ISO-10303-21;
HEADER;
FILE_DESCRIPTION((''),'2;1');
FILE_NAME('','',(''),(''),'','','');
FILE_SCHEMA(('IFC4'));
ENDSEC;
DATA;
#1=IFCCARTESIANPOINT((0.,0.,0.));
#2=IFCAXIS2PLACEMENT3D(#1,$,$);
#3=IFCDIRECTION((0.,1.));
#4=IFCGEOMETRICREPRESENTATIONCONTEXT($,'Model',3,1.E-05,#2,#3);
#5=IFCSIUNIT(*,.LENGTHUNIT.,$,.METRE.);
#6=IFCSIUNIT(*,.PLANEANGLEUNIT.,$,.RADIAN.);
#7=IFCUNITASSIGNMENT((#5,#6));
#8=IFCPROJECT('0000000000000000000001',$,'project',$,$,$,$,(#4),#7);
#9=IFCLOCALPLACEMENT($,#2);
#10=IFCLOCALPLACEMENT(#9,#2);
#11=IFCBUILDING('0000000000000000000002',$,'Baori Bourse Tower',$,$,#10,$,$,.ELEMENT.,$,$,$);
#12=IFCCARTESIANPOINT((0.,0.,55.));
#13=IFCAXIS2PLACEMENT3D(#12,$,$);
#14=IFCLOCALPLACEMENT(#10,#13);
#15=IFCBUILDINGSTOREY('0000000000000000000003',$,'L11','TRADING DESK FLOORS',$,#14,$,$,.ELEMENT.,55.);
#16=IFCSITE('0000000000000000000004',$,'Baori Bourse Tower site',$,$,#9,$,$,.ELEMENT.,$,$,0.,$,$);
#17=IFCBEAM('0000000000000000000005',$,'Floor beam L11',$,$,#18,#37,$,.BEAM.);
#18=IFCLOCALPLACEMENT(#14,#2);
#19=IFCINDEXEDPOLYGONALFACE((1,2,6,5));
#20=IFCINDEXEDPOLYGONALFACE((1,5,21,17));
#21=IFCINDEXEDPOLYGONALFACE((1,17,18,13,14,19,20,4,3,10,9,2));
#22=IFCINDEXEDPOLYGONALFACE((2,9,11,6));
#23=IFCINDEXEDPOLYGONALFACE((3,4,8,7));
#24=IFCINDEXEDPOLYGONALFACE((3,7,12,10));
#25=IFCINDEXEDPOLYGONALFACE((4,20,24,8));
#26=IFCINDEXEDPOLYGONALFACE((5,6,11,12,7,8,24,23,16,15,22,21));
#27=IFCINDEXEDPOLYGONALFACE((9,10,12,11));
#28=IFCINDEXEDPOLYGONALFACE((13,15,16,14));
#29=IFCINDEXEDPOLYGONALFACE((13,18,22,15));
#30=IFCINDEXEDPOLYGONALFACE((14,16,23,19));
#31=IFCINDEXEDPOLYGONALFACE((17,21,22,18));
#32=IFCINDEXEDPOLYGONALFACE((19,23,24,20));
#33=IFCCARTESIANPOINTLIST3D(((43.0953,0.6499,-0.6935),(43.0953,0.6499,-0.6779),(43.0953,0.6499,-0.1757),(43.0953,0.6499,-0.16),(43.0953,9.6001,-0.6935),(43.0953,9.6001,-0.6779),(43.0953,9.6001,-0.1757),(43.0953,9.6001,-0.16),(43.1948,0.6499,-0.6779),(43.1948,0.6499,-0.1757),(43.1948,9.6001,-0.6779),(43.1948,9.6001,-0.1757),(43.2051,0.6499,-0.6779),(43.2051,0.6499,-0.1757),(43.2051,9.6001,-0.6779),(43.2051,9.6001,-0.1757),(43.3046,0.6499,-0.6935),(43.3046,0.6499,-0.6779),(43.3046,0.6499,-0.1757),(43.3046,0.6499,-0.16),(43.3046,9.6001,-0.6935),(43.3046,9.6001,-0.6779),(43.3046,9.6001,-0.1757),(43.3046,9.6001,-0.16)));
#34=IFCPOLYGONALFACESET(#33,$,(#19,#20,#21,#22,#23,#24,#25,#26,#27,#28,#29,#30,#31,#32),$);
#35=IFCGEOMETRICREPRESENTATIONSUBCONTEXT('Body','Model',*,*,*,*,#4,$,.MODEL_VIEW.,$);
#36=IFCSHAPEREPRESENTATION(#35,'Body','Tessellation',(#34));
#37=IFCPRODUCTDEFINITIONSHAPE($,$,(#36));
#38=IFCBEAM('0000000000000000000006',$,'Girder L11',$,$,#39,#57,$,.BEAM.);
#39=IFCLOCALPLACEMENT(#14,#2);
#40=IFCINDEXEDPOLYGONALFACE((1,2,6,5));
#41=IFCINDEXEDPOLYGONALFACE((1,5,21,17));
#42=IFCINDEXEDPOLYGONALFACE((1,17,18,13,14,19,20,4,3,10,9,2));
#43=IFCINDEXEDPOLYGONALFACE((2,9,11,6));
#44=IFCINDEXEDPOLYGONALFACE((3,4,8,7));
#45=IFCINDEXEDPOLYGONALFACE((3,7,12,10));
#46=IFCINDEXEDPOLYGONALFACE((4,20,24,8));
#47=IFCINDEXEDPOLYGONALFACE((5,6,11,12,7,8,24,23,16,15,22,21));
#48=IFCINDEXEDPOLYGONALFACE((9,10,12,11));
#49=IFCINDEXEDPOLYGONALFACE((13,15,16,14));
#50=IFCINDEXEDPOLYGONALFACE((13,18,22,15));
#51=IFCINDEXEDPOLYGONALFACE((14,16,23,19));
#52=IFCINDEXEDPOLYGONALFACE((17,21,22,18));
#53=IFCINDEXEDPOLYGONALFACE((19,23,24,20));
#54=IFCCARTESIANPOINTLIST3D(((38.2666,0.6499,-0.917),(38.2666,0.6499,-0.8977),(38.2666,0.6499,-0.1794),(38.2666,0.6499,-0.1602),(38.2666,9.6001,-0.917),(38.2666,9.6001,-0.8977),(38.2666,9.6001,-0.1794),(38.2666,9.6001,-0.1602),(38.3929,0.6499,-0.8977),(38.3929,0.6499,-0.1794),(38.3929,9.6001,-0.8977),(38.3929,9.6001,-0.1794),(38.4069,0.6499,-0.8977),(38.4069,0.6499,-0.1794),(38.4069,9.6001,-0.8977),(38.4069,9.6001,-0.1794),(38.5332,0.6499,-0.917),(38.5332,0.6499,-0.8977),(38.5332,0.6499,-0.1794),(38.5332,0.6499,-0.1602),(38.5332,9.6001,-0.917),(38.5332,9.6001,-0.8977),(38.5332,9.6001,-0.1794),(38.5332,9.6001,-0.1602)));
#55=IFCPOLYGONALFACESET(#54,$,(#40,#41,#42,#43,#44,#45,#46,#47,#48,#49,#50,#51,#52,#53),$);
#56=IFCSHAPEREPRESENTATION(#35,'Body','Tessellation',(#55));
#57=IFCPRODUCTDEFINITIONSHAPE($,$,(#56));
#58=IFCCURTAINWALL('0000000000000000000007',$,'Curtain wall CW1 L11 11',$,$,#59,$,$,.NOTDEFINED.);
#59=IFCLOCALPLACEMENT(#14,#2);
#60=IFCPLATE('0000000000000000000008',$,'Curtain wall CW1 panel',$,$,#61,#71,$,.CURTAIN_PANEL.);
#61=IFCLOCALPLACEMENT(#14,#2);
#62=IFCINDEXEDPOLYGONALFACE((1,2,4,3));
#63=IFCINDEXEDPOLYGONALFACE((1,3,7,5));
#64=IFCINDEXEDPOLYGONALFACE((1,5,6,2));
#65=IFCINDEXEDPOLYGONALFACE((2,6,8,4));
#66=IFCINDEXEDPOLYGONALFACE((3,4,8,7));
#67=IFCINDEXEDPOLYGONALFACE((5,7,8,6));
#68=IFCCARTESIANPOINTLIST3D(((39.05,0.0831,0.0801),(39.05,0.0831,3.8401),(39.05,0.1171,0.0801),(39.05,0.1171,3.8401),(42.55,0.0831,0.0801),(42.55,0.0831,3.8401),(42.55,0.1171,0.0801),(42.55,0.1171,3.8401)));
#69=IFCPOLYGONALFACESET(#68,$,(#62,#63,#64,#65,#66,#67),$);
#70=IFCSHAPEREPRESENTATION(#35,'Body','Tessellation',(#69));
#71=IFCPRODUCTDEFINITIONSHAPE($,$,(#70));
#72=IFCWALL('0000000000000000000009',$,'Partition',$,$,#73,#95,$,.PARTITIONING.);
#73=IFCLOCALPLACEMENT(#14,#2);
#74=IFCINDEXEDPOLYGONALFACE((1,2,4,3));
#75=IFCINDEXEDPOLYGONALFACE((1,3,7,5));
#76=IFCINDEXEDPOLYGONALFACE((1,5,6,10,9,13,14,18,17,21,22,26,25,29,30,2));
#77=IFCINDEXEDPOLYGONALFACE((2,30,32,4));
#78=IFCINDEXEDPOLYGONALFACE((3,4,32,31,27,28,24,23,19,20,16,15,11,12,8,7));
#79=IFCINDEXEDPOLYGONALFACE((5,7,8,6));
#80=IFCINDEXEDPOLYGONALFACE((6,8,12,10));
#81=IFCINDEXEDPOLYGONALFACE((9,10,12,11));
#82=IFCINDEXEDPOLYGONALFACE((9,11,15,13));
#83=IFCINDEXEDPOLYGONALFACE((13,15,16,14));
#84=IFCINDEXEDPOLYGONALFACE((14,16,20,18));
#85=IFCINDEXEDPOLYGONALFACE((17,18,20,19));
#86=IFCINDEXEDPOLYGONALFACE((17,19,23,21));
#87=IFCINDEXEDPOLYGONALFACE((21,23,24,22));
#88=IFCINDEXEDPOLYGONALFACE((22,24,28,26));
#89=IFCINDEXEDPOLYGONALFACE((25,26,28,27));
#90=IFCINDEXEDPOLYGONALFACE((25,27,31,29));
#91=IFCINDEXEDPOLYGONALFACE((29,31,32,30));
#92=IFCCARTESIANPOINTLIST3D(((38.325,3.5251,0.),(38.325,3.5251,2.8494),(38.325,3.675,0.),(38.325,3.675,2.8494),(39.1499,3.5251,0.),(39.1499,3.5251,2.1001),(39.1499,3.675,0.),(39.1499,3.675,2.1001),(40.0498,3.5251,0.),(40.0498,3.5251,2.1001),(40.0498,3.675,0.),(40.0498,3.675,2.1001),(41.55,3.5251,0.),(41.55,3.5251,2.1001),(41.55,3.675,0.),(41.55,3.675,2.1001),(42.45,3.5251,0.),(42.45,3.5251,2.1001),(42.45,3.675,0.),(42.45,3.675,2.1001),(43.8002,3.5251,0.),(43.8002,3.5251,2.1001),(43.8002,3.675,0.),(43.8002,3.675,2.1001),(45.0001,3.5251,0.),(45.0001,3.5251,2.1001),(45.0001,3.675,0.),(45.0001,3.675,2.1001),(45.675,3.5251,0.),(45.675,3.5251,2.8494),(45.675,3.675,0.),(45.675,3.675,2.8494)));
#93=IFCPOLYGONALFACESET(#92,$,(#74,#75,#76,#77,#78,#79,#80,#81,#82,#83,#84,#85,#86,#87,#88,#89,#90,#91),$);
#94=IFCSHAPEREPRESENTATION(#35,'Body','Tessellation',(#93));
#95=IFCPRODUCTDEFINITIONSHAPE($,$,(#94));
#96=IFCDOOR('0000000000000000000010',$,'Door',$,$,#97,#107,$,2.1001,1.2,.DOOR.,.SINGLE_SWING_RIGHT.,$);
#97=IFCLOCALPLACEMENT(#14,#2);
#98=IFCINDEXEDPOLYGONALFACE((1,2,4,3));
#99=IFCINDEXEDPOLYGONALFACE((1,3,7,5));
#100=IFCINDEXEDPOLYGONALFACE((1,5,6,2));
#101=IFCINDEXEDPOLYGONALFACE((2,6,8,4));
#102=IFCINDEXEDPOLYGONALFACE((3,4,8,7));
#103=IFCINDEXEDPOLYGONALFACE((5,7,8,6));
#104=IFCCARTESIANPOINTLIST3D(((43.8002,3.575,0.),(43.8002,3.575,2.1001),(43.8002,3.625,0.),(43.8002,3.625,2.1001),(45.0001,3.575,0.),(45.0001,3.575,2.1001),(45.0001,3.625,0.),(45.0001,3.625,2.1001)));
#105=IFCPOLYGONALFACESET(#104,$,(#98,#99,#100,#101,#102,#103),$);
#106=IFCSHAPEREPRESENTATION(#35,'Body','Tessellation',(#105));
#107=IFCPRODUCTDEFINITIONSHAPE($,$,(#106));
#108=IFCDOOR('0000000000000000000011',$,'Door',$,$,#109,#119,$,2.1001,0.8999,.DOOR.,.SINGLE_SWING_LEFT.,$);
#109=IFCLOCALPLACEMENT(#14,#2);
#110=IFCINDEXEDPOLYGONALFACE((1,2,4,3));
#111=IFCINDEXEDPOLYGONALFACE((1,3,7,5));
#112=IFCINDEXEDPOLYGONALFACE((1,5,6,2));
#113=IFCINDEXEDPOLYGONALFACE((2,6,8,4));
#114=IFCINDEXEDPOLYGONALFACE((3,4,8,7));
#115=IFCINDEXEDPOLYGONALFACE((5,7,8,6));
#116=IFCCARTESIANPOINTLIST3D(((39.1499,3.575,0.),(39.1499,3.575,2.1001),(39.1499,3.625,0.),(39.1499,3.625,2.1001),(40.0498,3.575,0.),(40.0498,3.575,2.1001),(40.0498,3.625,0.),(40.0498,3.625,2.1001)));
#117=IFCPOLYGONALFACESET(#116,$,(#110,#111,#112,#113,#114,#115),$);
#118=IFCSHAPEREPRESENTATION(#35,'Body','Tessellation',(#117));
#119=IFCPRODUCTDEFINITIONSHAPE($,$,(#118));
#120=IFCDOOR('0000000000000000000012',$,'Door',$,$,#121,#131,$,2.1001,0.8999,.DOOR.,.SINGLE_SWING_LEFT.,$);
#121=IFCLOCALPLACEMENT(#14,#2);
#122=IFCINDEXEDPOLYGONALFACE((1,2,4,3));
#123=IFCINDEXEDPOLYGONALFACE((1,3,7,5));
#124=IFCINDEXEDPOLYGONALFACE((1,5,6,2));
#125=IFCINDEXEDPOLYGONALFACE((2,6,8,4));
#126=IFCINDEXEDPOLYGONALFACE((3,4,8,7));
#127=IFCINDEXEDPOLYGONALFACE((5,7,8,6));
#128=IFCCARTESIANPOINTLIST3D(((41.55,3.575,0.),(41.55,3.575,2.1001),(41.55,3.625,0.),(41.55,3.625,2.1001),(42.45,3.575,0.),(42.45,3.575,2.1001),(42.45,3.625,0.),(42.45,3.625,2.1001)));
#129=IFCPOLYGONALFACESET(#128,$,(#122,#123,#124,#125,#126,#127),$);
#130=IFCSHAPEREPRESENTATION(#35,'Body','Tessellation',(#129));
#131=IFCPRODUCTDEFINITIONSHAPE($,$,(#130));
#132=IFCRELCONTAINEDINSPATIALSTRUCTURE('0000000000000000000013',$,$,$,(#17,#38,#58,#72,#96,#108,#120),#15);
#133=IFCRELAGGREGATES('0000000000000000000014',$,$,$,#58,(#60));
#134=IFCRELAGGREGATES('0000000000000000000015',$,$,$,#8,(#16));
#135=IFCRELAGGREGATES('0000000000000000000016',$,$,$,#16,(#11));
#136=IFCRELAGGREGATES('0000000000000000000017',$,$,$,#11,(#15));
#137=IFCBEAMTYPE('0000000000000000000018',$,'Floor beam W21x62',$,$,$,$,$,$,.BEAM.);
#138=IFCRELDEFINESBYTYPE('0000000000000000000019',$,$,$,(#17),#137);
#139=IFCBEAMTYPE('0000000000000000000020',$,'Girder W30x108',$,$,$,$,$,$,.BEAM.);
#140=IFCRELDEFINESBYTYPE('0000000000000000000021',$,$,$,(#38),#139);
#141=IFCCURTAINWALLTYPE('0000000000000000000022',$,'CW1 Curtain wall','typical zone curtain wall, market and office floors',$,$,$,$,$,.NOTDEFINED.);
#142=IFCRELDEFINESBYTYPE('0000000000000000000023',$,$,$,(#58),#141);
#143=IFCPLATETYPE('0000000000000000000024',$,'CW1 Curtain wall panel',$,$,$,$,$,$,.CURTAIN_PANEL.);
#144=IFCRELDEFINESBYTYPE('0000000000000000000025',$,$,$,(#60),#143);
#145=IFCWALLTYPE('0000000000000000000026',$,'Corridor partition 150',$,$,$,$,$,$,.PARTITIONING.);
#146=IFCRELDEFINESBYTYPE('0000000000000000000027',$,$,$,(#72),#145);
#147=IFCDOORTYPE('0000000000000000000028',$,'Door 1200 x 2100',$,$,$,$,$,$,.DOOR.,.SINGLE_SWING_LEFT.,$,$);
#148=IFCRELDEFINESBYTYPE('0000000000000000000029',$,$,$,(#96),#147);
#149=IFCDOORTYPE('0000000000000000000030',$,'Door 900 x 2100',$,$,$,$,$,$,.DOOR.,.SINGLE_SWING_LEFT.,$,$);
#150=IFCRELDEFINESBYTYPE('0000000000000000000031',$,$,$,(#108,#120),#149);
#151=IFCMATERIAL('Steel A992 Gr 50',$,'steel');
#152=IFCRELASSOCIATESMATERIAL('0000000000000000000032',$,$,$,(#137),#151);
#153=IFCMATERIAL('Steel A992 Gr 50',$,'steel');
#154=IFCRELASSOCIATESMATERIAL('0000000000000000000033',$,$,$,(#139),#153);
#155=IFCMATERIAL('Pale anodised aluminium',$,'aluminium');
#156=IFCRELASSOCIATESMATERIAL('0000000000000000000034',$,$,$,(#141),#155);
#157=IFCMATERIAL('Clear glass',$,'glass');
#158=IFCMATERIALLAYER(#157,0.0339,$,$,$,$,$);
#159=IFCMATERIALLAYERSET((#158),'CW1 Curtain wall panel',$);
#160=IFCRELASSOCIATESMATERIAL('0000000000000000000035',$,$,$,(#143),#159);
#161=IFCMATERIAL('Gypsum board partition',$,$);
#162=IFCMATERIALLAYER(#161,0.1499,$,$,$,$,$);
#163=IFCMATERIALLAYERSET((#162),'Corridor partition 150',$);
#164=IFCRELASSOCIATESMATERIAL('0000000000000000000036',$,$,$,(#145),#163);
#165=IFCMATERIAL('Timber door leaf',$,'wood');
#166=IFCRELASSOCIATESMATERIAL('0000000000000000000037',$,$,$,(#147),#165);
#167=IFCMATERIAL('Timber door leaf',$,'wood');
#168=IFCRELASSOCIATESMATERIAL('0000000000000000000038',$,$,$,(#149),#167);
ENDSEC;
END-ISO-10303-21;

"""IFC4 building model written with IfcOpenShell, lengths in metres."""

from ifc_helpers import new_model, si_unit, direction, frame, frame_2d, origin, origin_2d, place, context, subcontext, project, spatial, rectangle, i_section, extrude, material, layer, layer_set, material_profile, profile_set, type_object, element, fill, aggregate, save


model = new_model("IFC4")

# Units and contexts
model_context = context("Model", 3, precision=1e-05, world=origin(), true_north=direction((0.0, 1.0)))
body_context = subcontext(model_context, "Body", "Model", "MODEL_VIEW")
ifc_project = project(units=[si_unit("LENGTHUNIT", "METRE"), si_unit("PLANEANGLEUNIT", "RADIAN")], contexts=[model_context])

# Site, building, storey
site_placement = place(None, origin())
site = spatial("IfcSite", under=ifc_project, at=site_placement, Name="Baori Bourse Tower site", CompositionType="ELEMENT", RefElevation=0.0)
building_placement = place(site_placement, origin())
building = spatial("IfcBuilding", under=site, at=building_placement, Name="Baori Bourse Tower", CompositionType="ELEMENT")
storey_placement = place(building_placement, frame((0.0, 0.0, 55.0)))
storey = spatial("IfcBuildingStorey", under=building, at=storey_placement, Name="L11", Description="TRADING DESK FLOORS", CompositionType="ELEMENT", Elevation=55.0)

# Beams
ifc_material_1 = material(Name="Steel A992 Gr 50", Category="steel")
ifc_material_profile_1 = material_profile(ifc_material_1, i_section(OverallWidth=0.2092, OverallDepth=0.5334, WebThickness=0.0103, FlangeThickness=0.0156, at=origin_2d()), Name="W21x62")
ifc_profile_set_1 = profile_set([ifc_material_profile_1], Name="Steel A992 Gr 50")
beam_type_1 = type_object("IfcBeamType", Name="Floor beam W21x62", PredefinedType="BEAM", material=ifc_profile_set_1)
beam_1_placement = place(storey_placement, frame((43.2, 0.6499, -0.4268), z_axis=(0.0, 1.0, 0.0), x_axis=(-1.0, 0.0, 0.0)))
element("IfcBeam", 1, at=beam_1_placement, inside=storey, type_object=beam_type_1, Name="Floor beam L11", PredefinedType="BEAM", context=body_context, shape_type="SweptSolid", body=[
    extrude(i_section(OverallWidth=0.2092, OverallDepth=0.5334, WebThickness=0.0103, FlangeThickness=0.0156, at=origin_2d()), origin(), (0.0, 0.0, 1.0), 8.9502),
])
ifc_material_2 = material(Name="Steel A992 Gr 50", Category="steel")
ifc_material_profile_2 = material_profile(ifc_material_2, i_section(OverallWidth=0.2666, OverallDepth=0.7568, WebThickness=0.0139, FlangeThickness=0.0193, at=origin_2d()), Name="W30x108")
ifc_profile_set_2 = profile_set([ifc_material_profile_2], Name="Steel A992 Gr 50")
beam_type_2 = type_object("IfcBeamType", Name="Girder W30x108", PredefinedType="BEAM", material=ifc_profile_set_2)
beam_2_placement = place(storey_placement, frame((38.3999, 0.6499, -0.5386), z_axis=(0.0, 1.0, 0.0), x_axis=(-1.0, 0.0, 0.0)))
element("IfcBeam", 2, at=beam_2_placement, inside=storey, type_object=beam_type_2, Name="Girder L11", PredefinedType="BEAM", context=body_context, shape_type="SweptSolid", body=[
    extrude(i_section(OverallWidth=0.2666, OverallDepth=0.7568, WebThickness=0.0139, FlangeThickness=0.0193, at=origin_2d()), origin(), (0.0, 0.0, 1.0), 8.9502),
])

# Curtain wall, plate
ifc_material_3 = material(Name="Pale anodised aluminium", Category="aluminium")
curtain_wall_type = type_object("IfcCurtainWallType", Name="CW1 Curtain wall", Description="typical zone curtain wall, market and office floors", PredefinedType="NOTDEFINED", material=ifc_material_3)
curtain_wall_placement = place(storey_placement, origin())
curtain_wall = element("IfcCurtainWall", 3, at=curtain_wall_placement, inside=storey, type_object=curtain_wall_type, Name="Curtain wall CW1 L11 11", PredefinedType="NOTDEFINED")
ifc_material_4 = material(Name="Clear glass", Category="glass")
ifc_layer_1 = layer(ifc_material_4, 0.0339)
ifc_layer_set_1 = layer_set([ifc_layer_1], Name="CW1 Curtain wall panel")
plate_type = type_object("IfcPlateType", Name="CW1 Curtain wall panel", PredefinedType="CURTAIN_PANEL", material=ifc_layer_set_1)
plate_placement = place(storey_placement, frame((40.8, 0.1001, 0.0801), z_axis=(0.0, 0.0, 1.0), x_axis=(1.0, 0.0, 0.0)))
plate = element("IfcPlate", 4, at=plate_placement, type_object=plate_type, Name="Curtain wall CW1 panel", PredefinedType="CURTAIN_PANEL", context=body_context, shape_type="SweptSolid", body=[
    extrude(rectangle(XDim=3.5, YDim=0.0339, at=origin_2d()), origin(), (0.0, 0.0, 1.0), 3.76),
])
aggregate(curtain_wall, [plate])

# Wall, openings, doors
ifc_material_5 = material(Name="Gypsum board partition")
ifc_layer_2 = layer(ifc_material_5, 0.1499)
ifc_layer_set_2 = layer_set([ifc_layer_2], Name="Corridor partition 150")
wall_type_1 = type_object("IfcWallType", Name="Corridor partition 150", PredefinedType="PARTITIONING", material=ifc_layer_set_2)
wall_1_placement = place(storey_placement, frame((38.325, 3.6001, 0.0), z_axis=(0.0, 0.0, 1.0), x_axis=(1.0, 0.0, 0.0)))
wall_1 = element("IfcWall", 5, at=wall_1_placement, inside=storey, type_object=wall_type_1, Name="Partition", PredefinedType="PARTITIONING", context=body_context, shape_type="SweptSolid", body=[
    extrude(rectangle(XDim=7.3501, YDim=0.1499, at=frame_2d((3.675, 0.0))), origin(), (0.0, 0.0, 1.0), 2.8494),
])
opening_1_placement = place(wall_1_placement, frame((0.825, 0.0, 0.0)))
opening_1 = element("IfcOpeningElement", 6, at=opening_1_placement, cuts=wall_1, PredefinedType="OPENING", context=body_context, shape_type="SweptSolid", body=[
    extrude(rectangle(XDim=0.8999, YDim=2.1001, at=frame_2d((0.45, 1.05))), frame((0.0, 0.085, 0.0), z_axis=(0.0, -1.0, 0.0), x_axis=(1.0, 0.0, 0.0)), (0.0, 0.0, 1.0), 0.1699),
])
opening_2_placement = place(wall_1_placement, frame((3.2251, 0.0, 0.0)))
opening_2 = element("IfcOpeningElement", 7, at=opening_2_placement, cuts=wall_1, PredefinedType="OPENING", context=body_context, shape_type="SweptSolid", body=[
    extrude(rectangle(XDim=0.8999, YDim=2.1001, at=frame_2d((0.45, 1.05))), frame((0.0, 0.085, 0.0), z_axis=(0.0, -1.0, 0.0), x_axis=(1.0, 0.0, 0.0)), (0.0, 0.0, 1.0), 0.1699),
])
opening_3_placement = place(wall_1_placement, frame((5.4751, 0.0, 0.0)))
opening_3 = element("IfcOpeningElement", 8, at=opening_3_placement, cuts=wall_1, PredefinedType="OPENING", context=body_context, shape_type="SweptSolid", body=[
    extrude(rectangle(XDim=1.2, YDim=2.1001, at=frame_2d((0.6001, 1.05))), frame((0.0, 0.085, 0.0), z_axis=(0.0, -1.0, 0.0), x_axis=(1.0, 0.0, 0.0)), (0.0, 0.0, 1.0), 0.1699),
])
ifc_material_6 = material(Name="Timber door leaf", Category="wood")
door_type_1 = type_object("IfcDoorType", Name="Door 1200 x 2100", OperationType="SINGLE_SWING_LEFT", PredefinedType="DOOR", material=ifc_material_6)
door_1_placement = place(opening_3_placement, origin())
door_1 = element("IfcDoor", 9, at=door_1_placement, inside=storey, type_object=door_type_1, Name="Door", OperationType="SINGLE_SWING_RIGHT", OverallHeight=2.1001, OverallWidth=1.2, PredefinedType="DOOR", context=body_context, shape_type="SweptSolid", body=[
    extrude(rectangle(XDim=1.2, YDim=2.1001, at=frame_2d((0.6001, 1.05))), frame((0.0, 0.0249, 0.0), z_axis=(0.0, -1.0, 0.0), x_axis=(1.0, 0.0, 0.0)), (0.0, 0.0, 1.0), 0.05),
])
fill(opening_3, door_1)
ifc_material_7 = material(Name="Timber door leaf", Category="wood")
door_type_2 = type_object("IfcDoorType", Name="Door 900 x 2100", OperationType="SINGLE_SWING_LEFT", PredefinedType="DOOR", material=ifc_material_7)
door_2_placement = place(opening_1_placement, origin())
door_2 = element("IfcDoor", 10, at=door_2_placement, inside=storey, type_object=door_type_2, Name="Door", OperationType="SINGLE_SWING_LEFT", OverallHeight=2.1001, OverallWidth=0.8999, PredefinedType="DOOR", context=body_context, shape_type="SweptSolid", body=[
    extrude(rectangle(XDim=0.8999, YDim=2.1001, at=frame_2d((0.45, 1.05))), frame((0.0, 0.0249, 0.0), z_axis=(0.0, -1.0, 0.0), x_axis=(1.0, 0.0, 0.0)), (0.0, 0.0, 1.0), 0.05),
])
fill(opening_1, door_2)
door_3_placement = place(opening_2_placement, origin())
door_3 = element("IfcDoor", 11, at=door_3_placement, inside=storey, type_object=door_type_2, Name="Door", OperationType="SINGLE_SWING_LEFT", OverallHeight=2.1001, OverallWidth=0.8999, PredefinedType="DOOR", context=body_context, shape_type="SweptSolid", body=[
    extrude(rectangle(XDim=0.8999, YDim=2.1001, at=frame_2d((0.45, 1.05))), frame((0.0, 0.0249, 0.0), z_axis=(0.0, -1.0, 0.0), x_axis=(1.0, 0.0, 0.0)), (0.0, 0.0, 1.0), 0.05),
])
fill(opening_2, door_3)

save(model, "model.ifc")
